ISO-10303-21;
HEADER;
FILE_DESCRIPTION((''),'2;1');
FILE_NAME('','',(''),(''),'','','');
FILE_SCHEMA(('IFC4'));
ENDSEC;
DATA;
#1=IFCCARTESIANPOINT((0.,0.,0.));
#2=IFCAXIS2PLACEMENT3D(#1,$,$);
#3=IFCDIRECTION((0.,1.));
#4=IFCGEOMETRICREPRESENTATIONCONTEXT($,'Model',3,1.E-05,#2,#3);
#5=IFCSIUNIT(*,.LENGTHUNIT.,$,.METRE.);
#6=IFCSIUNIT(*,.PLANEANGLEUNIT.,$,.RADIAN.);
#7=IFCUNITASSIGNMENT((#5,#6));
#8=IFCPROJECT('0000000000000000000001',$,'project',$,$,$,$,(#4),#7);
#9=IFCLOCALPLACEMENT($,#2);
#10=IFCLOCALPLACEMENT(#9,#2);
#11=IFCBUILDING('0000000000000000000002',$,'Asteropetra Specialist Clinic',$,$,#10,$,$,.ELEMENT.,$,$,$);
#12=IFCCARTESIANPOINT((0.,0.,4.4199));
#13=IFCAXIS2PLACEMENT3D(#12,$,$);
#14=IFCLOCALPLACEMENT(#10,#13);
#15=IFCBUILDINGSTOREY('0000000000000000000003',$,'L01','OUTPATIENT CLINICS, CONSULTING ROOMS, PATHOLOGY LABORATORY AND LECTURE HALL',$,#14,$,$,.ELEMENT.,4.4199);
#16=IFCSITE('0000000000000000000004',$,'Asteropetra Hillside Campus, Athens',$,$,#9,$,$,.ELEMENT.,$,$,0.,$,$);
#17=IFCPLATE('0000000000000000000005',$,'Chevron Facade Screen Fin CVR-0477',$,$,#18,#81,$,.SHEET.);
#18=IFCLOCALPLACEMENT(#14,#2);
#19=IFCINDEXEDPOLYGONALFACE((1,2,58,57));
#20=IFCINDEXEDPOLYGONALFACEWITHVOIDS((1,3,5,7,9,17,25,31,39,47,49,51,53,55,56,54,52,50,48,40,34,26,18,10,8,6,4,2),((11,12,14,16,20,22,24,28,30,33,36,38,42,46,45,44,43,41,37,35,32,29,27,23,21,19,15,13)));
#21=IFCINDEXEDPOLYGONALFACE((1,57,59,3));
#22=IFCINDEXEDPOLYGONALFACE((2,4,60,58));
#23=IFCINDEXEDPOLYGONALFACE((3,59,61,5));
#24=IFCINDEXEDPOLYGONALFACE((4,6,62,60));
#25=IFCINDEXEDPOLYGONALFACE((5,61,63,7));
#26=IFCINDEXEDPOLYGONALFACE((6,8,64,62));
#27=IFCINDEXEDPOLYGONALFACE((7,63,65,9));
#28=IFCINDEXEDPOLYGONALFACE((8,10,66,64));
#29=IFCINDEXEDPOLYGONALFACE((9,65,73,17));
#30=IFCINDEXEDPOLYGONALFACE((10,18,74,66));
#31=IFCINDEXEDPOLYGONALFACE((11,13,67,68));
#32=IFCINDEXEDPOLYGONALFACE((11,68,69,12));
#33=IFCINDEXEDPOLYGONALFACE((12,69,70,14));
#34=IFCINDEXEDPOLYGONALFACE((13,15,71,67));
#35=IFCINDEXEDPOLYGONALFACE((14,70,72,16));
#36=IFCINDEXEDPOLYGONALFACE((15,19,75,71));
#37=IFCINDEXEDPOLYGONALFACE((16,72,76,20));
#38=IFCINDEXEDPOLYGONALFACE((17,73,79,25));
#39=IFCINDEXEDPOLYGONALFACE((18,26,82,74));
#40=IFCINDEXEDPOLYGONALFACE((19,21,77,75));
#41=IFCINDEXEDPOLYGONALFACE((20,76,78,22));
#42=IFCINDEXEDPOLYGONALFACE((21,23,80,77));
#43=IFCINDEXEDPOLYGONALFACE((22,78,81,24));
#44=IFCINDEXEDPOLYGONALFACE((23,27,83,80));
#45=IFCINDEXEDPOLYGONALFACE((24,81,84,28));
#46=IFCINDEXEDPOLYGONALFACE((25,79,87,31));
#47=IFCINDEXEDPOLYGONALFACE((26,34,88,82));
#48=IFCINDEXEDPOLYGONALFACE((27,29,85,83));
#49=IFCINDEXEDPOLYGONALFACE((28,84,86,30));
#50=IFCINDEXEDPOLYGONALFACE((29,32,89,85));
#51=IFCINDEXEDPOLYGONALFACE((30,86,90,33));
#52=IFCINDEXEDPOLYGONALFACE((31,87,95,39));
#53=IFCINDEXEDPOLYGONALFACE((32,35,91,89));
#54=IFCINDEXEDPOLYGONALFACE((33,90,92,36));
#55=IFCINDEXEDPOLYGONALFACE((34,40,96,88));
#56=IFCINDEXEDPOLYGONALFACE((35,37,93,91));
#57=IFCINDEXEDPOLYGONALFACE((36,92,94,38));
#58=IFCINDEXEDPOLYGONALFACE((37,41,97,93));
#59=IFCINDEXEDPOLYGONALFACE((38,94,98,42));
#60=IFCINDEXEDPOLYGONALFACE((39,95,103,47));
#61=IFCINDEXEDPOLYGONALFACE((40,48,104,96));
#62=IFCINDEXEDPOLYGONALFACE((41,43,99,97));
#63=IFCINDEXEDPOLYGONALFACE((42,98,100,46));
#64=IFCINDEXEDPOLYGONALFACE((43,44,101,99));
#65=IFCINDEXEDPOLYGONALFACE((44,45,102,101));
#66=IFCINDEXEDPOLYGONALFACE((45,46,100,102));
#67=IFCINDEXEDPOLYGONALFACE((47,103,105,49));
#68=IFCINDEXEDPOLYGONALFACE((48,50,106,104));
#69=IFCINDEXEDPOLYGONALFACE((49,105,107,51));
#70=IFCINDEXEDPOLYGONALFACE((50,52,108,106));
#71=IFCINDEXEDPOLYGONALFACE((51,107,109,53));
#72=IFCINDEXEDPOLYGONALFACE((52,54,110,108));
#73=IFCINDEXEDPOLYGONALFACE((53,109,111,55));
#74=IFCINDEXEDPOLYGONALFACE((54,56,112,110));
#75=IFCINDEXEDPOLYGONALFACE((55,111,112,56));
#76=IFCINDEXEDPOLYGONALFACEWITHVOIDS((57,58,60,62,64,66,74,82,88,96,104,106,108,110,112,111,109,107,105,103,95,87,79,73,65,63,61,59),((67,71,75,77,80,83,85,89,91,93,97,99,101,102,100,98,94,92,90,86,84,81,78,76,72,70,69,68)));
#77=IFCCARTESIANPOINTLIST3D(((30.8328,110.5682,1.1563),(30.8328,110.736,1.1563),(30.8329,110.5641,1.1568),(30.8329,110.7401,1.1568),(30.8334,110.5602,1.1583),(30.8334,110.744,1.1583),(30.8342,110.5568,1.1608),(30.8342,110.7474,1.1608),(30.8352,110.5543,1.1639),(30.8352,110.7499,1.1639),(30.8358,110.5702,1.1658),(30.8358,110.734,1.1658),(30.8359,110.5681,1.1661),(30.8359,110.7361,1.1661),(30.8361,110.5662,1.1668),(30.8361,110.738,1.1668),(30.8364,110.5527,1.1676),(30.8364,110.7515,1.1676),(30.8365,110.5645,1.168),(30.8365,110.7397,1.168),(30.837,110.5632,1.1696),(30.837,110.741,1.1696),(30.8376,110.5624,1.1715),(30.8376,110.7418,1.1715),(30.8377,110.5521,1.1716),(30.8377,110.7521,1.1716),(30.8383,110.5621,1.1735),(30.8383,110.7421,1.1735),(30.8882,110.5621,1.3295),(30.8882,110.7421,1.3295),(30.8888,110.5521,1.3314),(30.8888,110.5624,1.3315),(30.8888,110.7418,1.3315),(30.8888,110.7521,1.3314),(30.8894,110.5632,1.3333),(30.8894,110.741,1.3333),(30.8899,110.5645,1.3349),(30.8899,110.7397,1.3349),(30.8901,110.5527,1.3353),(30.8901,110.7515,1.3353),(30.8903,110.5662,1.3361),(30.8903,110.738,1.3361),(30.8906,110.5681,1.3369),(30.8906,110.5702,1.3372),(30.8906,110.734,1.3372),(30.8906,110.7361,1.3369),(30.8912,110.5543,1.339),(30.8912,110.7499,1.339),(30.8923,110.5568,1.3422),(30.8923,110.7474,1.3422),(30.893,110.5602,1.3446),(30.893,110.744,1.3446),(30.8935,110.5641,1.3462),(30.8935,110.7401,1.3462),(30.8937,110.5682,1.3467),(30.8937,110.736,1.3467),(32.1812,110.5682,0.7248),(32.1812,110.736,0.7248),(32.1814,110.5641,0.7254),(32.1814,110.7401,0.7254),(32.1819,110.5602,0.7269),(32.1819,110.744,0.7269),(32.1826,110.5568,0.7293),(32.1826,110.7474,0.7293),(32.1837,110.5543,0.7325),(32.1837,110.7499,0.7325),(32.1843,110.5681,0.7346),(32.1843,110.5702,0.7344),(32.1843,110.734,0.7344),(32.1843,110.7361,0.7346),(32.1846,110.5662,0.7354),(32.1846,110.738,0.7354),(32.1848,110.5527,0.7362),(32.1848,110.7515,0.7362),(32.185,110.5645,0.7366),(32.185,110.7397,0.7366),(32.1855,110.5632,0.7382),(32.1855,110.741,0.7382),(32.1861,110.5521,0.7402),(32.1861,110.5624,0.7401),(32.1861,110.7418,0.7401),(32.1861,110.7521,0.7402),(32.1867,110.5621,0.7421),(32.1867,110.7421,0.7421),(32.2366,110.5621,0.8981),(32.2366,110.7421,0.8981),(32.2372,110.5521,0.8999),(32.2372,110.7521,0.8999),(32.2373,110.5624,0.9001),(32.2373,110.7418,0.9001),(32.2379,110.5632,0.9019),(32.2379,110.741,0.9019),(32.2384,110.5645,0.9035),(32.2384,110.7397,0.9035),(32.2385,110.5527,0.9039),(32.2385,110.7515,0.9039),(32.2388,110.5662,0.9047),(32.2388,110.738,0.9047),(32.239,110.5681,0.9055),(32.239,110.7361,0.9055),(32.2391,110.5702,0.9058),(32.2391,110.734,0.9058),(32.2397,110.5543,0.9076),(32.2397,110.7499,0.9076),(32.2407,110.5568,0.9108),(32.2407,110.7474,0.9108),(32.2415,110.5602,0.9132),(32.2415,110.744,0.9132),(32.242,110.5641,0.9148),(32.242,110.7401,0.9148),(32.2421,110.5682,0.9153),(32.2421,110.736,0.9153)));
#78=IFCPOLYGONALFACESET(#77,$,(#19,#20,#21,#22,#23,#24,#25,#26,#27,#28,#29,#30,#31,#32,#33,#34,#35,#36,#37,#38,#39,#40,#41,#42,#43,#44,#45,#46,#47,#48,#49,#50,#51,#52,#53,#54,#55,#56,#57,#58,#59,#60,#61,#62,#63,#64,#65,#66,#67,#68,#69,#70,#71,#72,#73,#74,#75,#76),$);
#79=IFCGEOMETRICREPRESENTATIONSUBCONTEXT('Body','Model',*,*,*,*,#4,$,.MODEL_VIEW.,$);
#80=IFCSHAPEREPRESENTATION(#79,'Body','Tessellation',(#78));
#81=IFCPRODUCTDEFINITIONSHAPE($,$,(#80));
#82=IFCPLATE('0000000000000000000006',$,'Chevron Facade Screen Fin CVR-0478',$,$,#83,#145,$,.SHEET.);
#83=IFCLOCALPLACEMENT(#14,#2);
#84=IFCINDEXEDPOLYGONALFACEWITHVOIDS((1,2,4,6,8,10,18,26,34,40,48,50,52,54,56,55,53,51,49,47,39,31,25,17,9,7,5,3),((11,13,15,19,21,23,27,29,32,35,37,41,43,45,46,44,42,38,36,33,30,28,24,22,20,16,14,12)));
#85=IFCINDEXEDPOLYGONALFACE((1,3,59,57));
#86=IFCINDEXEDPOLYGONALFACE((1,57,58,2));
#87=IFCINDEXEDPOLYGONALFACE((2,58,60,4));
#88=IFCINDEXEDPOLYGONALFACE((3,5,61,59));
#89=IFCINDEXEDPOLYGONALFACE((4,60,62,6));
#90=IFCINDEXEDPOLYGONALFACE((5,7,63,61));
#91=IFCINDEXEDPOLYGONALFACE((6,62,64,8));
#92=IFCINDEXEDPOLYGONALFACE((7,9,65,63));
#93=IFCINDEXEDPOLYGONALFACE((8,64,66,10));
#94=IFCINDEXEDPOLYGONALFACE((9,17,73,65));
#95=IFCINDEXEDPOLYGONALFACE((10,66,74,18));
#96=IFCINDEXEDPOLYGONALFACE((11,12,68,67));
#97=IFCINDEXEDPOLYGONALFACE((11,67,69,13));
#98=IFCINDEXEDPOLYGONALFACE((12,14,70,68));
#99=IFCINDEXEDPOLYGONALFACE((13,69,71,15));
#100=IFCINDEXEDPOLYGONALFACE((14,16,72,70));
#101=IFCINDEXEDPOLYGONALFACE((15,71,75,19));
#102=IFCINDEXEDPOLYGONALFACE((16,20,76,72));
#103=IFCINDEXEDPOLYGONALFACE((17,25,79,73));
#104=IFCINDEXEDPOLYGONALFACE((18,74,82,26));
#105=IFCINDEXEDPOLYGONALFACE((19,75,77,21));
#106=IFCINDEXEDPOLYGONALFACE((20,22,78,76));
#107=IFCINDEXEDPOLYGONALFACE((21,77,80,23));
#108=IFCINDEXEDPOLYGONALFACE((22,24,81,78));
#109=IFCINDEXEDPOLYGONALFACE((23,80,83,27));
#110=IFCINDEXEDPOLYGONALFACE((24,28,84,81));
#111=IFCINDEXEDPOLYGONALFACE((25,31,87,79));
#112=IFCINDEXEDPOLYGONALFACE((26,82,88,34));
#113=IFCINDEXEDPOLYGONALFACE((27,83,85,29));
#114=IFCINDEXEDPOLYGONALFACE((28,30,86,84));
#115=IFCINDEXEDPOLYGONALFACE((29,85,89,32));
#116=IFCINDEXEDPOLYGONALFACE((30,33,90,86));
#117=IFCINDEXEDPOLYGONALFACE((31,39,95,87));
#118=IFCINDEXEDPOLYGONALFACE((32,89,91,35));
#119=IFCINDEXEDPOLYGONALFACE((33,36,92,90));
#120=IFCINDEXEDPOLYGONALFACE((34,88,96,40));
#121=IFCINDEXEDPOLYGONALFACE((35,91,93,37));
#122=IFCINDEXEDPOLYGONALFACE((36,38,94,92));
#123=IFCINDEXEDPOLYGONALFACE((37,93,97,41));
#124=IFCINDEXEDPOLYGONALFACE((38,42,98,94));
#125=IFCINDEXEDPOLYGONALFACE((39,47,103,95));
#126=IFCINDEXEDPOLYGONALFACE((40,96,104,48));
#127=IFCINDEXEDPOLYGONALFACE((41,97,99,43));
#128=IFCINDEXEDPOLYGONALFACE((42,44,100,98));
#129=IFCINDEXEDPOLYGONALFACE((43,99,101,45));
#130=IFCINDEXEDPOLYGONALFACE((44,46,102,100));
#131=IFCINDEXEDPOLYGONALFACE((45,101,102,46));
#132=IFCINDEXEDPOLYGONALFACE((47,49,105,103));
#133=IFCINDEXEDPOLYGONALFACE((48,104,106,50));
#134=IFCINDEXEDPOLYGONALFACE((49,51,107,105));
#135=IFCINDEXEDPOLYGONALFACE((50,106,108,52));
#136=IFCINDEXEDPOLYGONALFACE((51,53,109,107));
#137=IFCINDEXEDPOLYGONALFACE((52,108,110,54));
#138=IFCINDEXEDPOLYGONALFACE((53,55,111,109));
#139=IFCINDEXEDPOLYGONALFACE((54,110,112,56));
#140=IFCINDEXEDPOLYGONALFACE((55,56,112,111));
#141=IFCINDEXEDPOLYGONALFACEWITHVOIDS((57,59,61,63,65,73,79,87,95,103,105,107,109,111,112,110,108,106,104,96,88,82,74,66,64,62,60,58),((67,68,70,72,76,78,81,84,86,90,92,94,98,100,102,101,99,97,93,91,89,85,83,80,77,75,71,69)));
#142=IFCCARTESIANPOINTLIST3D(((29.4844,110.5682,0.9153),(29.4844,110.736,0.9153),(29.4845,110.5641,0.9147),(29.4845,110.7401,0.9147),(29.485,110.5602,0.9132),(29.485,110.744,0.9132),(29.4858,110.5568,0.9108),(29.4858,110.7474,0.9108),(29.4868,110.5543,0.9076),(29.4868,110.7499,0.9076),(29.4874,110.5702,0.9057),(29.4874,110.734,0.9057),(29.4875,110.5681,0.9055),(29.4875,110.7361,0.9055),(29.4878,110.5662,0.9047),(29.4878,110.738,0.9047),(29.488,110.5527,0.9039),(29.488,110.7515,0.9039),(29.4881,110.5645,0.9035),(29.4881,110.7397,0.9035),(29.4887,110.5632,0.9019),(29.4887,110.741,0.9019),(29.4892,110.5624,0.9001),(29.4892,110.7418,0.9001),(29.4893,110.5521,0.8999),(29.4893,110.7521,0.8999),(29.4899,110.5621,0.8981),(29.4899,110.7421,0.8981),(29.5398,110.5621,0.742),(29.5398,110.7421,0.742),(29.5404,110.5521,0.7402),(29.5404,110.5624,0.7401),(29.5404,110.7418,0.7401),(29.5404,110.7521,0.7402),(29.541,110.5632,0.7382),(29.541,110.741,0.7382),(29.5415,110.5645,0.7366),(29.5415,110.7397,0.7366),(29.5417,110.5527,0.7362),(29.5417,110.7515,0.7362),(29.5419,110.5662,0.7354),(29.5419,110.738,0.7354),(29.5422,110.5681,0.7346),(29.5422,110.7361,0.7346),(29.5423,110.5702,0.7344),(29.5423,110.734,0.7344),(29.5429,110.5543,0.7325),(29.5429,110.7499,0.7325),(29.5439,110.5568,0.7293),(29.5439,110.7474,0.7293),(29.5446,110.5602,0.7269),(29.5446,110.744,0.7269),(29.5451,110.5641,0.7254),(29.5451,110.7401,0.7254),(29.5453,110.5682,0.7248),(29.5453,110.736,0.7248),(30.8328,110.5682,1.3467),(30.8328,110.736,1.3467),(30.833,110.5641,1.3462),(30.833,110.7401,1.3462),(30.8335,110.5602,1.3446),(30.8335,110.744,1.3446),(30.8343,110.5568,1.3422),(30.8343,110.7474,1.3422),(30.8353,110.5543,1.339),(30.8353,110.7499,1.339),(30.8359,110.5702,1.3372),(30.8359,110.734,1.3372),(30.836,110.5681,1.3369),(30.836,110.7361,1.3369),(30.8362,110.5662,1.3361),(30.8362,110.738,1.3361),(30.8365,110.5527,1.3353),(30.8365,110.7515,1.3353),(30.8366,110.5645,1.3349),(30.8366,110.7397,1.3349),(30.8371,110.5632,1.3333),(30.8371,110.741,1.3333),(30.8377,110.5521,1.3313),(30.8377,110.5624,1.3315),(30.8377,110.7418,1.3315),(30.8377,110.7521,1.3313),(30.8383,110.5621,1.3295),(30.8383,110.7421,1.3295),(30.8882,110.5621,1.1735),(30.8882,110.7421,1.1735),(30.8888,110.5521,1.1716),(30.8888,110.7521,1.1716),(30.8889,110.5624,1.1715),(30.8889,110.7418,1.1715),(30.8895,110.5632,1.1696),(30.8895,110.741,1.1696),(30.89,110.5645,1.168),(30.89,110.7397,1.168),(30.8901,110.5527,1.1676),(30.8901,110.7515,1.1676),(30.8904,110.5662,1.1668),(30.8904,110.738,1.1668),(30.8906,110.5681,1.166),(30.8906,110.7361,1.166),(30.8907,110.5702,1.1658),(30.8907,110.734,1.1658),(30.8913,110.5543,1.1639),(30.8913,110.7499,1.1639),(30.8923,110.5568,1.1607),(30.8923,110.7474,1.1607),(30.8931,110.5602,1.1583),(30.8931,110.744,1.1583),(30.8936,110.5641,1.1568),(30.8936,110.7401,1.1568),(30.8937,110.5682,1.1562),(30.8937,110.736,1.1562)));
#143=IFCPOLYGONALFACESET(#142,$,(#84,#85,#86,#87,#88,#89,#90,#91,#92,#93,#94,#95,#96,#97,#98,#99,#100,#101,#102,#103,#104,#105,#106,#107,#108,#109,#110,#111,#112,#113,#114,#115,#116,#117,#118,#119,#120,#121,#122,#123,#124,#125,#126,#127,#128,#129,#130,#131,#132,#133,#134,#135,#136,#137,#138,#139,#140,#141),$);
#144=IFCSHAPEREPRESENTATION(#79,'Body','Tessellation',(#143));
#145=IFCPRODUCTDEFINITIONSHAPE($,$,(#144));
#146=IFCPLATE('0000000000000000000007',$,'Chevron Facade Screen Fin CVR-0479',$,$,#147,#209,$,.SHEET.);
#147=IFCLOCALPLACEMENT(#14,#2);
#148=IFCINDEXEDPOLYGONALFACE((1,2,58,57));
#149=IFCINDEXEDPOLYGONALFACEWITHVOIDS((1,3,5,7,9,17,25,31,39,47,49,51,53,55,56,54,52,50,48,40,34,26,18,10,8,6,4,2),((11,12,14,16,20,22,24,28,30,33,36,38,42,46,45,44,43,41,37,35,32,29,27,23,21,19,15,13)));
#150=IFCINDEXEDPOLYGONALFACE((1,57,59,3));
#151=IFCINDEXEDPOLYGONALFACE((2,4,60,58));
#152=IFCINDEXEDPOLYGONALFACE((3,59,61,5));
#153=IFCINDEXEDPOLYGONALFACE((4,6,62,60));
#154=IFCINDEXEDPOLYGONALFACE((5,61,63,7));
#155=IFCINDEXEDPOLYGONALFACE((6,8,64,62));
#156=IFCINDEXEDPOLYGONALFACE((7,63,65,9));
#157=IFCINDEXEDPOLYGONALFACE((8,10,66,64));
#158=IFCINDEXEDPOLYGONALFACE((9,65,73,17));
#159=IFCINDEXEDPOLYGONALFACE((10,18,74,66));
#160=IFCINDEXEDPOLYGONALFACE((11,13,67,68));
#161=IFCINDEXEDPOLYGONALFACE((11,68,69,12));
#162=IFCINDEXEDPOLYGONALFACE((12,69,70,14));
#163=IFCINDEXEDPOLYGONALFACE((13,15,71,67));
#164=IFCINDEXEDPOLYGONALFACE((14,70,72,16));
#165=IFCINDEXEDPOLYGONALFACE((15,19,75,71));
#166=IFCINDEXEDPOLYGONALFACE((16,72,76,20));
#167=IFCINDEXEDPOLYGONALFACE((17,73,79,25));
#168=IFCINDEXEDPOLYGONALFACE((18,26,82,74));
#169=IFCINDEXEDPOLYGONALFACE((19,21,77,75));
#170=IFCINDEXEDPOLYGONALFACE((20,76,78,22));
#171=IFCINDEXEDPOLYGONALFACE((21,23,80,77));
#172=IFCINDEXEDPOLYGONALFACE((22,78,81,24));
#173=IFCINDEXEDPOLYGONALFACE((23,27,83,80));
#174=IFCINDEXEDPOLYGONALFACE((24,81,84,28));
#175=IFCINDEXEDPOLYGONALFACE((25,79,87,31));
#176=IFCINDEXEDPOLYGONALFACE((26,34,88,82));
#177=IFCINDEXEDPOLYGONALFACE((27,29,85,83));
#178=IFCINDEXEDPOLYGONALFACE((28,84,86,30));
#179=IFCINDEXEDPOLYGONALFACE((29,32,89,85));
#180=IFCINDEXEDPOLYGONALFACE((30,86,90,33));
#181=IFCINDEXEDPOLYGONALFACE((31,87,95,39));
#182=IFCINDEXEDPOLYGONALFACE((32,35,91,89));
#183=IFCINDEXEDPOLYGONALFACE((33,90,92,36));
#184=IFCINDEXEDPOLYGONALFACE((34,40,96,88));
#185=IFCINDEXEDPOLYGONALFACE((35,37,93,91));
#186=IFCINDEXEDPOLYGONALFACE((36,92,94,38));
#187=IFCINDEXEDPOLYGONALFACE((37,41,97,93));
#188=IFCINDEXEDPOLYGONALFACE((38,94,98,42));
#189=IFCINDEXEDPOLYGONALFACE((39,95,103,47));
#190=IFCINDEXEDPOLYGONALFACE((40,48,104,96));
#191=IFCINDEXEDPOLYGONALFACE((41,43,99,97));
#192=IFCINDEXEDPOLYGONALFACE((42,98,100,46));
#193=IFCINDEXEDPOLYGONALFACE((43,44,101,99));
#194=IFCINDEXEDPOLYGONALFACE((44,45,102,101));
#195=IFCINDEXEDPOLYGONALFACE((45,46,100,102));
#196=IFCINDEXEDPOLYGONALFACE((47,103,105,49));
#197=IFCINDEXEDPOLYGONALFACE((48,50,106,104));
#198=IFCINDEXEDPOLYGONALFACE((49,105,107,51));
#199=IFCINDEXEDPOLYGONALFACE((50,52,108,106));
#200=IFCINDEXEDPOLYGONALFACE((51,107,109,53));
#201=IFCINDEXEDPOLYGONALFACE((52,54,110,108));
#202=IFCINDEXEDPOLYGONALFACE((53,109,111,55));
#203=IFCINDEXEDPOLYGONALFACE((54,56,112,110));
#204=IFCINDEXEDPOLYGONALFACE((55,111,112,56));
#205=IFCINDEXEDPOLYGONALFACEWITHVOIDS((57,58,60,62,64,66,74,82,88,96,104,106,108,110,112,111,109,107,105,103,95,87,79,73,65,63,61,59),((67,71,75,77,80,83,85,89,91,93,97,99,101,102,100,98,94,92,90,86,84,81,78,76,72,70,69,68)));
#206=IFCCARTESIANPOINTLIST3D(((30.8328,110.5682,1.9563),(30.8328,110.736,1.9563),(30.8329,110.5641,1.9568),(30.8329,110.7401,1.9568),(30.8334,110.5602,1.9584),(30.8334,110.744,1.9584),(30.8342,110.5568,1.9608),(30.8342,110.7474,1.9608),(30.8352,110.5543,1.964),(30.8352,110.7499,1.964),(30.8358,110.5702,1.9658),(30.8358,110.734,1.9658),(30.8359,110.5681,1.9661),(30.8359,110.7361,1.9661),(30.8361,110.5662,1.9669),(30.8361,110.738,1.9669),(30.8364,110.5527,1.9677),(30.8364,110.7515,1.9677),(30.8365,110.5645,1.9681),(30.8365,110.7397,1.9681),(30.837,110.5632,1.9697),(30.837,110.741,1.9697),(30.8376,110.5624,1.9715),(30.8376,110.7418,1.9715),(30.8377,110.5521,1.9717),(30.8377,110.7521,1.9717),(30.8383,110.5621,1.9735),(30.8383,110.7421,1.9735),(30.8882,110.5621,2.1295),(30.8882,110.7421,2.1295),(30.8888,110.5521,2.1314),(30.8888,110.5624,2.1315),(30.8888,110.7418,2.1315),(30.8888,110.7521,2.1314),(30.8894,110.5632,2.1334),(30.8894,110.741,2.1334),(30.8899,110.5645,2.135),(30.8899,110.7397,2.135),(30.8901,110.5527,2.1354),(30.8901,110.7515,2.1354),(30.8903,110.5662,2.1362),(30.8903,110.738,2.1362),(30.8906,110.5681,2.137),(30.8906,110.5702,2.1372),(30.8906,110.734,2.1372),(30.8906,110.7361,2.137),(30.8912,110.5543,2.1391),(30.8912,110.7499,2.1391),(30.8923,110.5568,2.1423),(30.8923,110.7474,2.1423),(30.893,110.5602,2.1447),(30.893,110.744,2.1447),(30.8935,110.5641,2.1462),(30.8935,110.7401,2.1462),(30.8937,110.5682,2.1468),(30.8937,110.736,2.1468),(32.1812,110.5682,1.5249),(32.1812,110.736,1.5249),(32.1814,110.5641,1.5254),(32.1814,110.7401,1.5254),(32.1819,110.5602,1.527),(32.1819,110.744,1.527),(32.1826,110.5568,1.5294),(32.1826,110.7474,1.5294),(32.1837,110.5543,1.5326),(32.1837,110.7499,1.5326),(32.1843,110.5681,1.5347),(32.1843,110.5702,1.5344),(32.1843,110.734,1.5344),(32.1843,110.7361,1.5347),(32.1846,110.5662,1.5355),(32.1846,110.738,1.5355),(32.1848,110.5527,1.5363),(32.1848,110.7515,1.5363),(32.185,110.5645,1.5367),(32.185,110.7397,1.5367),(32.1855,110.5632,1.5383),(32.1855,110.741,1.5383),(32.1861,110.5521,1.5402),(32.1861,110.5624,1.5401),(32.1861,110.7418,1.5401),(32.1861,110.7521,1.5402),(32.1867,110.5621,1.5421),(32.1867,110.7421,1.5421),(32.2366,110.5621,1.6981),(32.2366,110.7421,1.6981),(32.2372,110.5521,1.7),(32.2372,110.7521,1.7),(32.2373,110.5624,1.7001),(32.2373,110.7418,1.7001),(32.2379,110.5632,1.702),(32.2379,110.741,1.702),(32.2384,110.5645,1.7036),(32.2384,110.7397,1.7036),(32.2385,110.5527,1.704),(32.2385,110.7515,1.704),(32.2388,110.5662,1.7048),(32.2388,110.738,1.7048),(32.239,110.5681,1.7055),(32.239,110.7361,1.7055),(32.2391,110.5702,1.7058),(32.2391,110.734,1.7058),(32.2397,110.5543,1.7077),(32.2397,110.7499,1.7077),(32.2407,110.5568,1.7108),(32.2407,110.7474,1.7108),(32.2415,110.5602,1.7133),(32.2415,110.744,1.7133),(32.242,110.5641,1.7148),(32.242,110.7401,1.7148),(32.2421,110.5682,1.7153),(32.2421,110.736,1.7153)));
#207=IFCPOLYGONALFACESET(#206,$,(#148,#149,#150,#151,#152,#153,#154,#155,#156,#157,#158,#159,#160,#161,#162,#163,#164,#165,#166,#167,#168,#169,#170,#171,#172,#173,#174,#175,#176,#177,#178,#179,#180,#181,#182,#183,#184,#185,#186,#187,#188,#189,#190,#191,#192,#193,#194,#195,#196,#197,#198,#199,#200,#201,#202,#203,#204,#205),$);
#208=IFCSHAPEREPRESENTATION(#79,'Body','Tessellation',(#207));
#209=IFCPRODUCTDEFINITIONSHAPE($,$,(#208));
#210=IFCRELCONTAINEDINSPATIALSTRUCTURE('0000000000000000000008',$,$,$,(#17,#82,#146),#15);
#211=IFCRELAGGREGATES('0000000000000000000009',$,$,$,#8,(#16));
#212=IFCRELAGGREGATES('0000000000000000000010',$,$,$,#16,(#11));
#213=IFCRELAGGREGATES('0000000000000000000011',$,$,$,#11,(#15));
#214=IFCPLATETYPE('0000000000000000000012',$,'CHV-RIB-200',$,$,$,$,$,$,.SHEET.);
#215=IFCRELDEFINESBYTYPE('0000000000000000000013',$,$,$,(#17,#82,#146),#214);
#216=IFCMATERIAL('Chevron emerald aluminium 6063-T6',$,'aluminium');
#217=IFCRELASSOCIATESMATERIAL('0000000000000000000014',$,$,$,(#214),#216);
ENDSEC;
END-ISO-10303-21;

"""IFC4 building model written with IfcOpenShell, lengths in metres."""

from ifc_helpers import new_model, si_unit, direction, frame, origin, origin_2d, place, context, subcontext, project, spatial, hollow_rectangle, extrude, material, material_profile, profile_set, type_object, element, save


model = new_model("IFC4")

# Units and contexts
model_context = context("Model", 3, precision=1e-05, world=origin(), true_north=direction((0.0, 1.0)))
body_context = subcontext(model_context, "Body", "Model", "MODEL_VIEW")
ifc_project = project(units=[si_unit("LENGTHUNIT", "METRE"), si_unit("PLANEANGLEUNIT", "RADIAN")], contexts=[model_context])

# Site, building, storey
site_placement = place(None, origin())
site = spatial("IfcSite", under=ifc_project, at=site_placement, Name="Asteropetra Hillside Campus, Athens", CompositionType="ELEMENT", RefElevation=0.0)
building_placement = place(site_placement, origin())
building = spatial("IfcBuilding", under=site, at=building_placement, Name="Asteropetra Specialist Clinic", CompositionType="ELEMENT")
storey_placement = place(building_placement, frame((0.0, 0.0, 4.4199)))
storey = spatial("IfcBuildingStorey", under=building, at=storey_placement, Name="L01", Description="OUTPATIENT CLINICS, CONSULTING ROOMS, PATHOLOGY LABORATORY AND LECTURE HALL", CompositionType="ELEMENT", Elevation=4.4199)

# Plates
ifc_material_1 = material(Name="Chevron emerald aluminium 6063-T6", Category="aluminium")
ifc_material_profile_1 = material_profile(ifc_material_1, hollow_rectangle(XDim=0.2, YDim=0.2, WallThickness=0.01, InnerFilletRadius=0.0081, OuterFilletRadius=0.0161, at=origin_2d()), Name="SHS 200x200x10.0")
ifc_profile_set_1 = profile_set([ifc_material_profile_1], Name="Chevron emerald aluminium 6063-T6")
plate_type = type_object("IfcPlateType", Name="CHV-RIB-200", PredefinedType="SHEET", material=ifc_profile_set_1)
for number, where, z_axis, x_axis, name in (
    (1, (32.2117, 110.6521, 0.8201), (-0.952442, 0.0, 0.304719), (0.0, -1.0, 0.0), "Chevron Facade Screen Fin CVR-0477"),
    (2, (30.8633, 110.6521, 1.2515), (-0.952442, 0.0, -0.304719), (0.0, -1.0, 0.0), "Chevron Facade Screen Fin CVR-0478"),
    (3, (32.2117, 110.6521, 1.6201), (-0.952442, 0.0, 0.304719), (0.0, -1.0, 0.0), "Chevron Facade Screen Fin CVR-0479"),
):
    element("IfcPlate", number, at=place(storey_placement, frame(where, z_axis=z_axis, x_axis=x_axis)), inside=storey, type_object=plate_type, Name=name, PredefinedType="SHEET", context=body_context, shape_type="SweptSolid", body=[
        extrude(hollow_rectangle(XDim=0.2, YDim=0.2, WallThickness=0.01, InnerFilletRadius=0.0081, OuterFilletRadius=0.0161, at=origin_2d()), origin(), (0.0, 0.0, 1.0), 1.4158),
    ])

save(model, "model.ifc")
